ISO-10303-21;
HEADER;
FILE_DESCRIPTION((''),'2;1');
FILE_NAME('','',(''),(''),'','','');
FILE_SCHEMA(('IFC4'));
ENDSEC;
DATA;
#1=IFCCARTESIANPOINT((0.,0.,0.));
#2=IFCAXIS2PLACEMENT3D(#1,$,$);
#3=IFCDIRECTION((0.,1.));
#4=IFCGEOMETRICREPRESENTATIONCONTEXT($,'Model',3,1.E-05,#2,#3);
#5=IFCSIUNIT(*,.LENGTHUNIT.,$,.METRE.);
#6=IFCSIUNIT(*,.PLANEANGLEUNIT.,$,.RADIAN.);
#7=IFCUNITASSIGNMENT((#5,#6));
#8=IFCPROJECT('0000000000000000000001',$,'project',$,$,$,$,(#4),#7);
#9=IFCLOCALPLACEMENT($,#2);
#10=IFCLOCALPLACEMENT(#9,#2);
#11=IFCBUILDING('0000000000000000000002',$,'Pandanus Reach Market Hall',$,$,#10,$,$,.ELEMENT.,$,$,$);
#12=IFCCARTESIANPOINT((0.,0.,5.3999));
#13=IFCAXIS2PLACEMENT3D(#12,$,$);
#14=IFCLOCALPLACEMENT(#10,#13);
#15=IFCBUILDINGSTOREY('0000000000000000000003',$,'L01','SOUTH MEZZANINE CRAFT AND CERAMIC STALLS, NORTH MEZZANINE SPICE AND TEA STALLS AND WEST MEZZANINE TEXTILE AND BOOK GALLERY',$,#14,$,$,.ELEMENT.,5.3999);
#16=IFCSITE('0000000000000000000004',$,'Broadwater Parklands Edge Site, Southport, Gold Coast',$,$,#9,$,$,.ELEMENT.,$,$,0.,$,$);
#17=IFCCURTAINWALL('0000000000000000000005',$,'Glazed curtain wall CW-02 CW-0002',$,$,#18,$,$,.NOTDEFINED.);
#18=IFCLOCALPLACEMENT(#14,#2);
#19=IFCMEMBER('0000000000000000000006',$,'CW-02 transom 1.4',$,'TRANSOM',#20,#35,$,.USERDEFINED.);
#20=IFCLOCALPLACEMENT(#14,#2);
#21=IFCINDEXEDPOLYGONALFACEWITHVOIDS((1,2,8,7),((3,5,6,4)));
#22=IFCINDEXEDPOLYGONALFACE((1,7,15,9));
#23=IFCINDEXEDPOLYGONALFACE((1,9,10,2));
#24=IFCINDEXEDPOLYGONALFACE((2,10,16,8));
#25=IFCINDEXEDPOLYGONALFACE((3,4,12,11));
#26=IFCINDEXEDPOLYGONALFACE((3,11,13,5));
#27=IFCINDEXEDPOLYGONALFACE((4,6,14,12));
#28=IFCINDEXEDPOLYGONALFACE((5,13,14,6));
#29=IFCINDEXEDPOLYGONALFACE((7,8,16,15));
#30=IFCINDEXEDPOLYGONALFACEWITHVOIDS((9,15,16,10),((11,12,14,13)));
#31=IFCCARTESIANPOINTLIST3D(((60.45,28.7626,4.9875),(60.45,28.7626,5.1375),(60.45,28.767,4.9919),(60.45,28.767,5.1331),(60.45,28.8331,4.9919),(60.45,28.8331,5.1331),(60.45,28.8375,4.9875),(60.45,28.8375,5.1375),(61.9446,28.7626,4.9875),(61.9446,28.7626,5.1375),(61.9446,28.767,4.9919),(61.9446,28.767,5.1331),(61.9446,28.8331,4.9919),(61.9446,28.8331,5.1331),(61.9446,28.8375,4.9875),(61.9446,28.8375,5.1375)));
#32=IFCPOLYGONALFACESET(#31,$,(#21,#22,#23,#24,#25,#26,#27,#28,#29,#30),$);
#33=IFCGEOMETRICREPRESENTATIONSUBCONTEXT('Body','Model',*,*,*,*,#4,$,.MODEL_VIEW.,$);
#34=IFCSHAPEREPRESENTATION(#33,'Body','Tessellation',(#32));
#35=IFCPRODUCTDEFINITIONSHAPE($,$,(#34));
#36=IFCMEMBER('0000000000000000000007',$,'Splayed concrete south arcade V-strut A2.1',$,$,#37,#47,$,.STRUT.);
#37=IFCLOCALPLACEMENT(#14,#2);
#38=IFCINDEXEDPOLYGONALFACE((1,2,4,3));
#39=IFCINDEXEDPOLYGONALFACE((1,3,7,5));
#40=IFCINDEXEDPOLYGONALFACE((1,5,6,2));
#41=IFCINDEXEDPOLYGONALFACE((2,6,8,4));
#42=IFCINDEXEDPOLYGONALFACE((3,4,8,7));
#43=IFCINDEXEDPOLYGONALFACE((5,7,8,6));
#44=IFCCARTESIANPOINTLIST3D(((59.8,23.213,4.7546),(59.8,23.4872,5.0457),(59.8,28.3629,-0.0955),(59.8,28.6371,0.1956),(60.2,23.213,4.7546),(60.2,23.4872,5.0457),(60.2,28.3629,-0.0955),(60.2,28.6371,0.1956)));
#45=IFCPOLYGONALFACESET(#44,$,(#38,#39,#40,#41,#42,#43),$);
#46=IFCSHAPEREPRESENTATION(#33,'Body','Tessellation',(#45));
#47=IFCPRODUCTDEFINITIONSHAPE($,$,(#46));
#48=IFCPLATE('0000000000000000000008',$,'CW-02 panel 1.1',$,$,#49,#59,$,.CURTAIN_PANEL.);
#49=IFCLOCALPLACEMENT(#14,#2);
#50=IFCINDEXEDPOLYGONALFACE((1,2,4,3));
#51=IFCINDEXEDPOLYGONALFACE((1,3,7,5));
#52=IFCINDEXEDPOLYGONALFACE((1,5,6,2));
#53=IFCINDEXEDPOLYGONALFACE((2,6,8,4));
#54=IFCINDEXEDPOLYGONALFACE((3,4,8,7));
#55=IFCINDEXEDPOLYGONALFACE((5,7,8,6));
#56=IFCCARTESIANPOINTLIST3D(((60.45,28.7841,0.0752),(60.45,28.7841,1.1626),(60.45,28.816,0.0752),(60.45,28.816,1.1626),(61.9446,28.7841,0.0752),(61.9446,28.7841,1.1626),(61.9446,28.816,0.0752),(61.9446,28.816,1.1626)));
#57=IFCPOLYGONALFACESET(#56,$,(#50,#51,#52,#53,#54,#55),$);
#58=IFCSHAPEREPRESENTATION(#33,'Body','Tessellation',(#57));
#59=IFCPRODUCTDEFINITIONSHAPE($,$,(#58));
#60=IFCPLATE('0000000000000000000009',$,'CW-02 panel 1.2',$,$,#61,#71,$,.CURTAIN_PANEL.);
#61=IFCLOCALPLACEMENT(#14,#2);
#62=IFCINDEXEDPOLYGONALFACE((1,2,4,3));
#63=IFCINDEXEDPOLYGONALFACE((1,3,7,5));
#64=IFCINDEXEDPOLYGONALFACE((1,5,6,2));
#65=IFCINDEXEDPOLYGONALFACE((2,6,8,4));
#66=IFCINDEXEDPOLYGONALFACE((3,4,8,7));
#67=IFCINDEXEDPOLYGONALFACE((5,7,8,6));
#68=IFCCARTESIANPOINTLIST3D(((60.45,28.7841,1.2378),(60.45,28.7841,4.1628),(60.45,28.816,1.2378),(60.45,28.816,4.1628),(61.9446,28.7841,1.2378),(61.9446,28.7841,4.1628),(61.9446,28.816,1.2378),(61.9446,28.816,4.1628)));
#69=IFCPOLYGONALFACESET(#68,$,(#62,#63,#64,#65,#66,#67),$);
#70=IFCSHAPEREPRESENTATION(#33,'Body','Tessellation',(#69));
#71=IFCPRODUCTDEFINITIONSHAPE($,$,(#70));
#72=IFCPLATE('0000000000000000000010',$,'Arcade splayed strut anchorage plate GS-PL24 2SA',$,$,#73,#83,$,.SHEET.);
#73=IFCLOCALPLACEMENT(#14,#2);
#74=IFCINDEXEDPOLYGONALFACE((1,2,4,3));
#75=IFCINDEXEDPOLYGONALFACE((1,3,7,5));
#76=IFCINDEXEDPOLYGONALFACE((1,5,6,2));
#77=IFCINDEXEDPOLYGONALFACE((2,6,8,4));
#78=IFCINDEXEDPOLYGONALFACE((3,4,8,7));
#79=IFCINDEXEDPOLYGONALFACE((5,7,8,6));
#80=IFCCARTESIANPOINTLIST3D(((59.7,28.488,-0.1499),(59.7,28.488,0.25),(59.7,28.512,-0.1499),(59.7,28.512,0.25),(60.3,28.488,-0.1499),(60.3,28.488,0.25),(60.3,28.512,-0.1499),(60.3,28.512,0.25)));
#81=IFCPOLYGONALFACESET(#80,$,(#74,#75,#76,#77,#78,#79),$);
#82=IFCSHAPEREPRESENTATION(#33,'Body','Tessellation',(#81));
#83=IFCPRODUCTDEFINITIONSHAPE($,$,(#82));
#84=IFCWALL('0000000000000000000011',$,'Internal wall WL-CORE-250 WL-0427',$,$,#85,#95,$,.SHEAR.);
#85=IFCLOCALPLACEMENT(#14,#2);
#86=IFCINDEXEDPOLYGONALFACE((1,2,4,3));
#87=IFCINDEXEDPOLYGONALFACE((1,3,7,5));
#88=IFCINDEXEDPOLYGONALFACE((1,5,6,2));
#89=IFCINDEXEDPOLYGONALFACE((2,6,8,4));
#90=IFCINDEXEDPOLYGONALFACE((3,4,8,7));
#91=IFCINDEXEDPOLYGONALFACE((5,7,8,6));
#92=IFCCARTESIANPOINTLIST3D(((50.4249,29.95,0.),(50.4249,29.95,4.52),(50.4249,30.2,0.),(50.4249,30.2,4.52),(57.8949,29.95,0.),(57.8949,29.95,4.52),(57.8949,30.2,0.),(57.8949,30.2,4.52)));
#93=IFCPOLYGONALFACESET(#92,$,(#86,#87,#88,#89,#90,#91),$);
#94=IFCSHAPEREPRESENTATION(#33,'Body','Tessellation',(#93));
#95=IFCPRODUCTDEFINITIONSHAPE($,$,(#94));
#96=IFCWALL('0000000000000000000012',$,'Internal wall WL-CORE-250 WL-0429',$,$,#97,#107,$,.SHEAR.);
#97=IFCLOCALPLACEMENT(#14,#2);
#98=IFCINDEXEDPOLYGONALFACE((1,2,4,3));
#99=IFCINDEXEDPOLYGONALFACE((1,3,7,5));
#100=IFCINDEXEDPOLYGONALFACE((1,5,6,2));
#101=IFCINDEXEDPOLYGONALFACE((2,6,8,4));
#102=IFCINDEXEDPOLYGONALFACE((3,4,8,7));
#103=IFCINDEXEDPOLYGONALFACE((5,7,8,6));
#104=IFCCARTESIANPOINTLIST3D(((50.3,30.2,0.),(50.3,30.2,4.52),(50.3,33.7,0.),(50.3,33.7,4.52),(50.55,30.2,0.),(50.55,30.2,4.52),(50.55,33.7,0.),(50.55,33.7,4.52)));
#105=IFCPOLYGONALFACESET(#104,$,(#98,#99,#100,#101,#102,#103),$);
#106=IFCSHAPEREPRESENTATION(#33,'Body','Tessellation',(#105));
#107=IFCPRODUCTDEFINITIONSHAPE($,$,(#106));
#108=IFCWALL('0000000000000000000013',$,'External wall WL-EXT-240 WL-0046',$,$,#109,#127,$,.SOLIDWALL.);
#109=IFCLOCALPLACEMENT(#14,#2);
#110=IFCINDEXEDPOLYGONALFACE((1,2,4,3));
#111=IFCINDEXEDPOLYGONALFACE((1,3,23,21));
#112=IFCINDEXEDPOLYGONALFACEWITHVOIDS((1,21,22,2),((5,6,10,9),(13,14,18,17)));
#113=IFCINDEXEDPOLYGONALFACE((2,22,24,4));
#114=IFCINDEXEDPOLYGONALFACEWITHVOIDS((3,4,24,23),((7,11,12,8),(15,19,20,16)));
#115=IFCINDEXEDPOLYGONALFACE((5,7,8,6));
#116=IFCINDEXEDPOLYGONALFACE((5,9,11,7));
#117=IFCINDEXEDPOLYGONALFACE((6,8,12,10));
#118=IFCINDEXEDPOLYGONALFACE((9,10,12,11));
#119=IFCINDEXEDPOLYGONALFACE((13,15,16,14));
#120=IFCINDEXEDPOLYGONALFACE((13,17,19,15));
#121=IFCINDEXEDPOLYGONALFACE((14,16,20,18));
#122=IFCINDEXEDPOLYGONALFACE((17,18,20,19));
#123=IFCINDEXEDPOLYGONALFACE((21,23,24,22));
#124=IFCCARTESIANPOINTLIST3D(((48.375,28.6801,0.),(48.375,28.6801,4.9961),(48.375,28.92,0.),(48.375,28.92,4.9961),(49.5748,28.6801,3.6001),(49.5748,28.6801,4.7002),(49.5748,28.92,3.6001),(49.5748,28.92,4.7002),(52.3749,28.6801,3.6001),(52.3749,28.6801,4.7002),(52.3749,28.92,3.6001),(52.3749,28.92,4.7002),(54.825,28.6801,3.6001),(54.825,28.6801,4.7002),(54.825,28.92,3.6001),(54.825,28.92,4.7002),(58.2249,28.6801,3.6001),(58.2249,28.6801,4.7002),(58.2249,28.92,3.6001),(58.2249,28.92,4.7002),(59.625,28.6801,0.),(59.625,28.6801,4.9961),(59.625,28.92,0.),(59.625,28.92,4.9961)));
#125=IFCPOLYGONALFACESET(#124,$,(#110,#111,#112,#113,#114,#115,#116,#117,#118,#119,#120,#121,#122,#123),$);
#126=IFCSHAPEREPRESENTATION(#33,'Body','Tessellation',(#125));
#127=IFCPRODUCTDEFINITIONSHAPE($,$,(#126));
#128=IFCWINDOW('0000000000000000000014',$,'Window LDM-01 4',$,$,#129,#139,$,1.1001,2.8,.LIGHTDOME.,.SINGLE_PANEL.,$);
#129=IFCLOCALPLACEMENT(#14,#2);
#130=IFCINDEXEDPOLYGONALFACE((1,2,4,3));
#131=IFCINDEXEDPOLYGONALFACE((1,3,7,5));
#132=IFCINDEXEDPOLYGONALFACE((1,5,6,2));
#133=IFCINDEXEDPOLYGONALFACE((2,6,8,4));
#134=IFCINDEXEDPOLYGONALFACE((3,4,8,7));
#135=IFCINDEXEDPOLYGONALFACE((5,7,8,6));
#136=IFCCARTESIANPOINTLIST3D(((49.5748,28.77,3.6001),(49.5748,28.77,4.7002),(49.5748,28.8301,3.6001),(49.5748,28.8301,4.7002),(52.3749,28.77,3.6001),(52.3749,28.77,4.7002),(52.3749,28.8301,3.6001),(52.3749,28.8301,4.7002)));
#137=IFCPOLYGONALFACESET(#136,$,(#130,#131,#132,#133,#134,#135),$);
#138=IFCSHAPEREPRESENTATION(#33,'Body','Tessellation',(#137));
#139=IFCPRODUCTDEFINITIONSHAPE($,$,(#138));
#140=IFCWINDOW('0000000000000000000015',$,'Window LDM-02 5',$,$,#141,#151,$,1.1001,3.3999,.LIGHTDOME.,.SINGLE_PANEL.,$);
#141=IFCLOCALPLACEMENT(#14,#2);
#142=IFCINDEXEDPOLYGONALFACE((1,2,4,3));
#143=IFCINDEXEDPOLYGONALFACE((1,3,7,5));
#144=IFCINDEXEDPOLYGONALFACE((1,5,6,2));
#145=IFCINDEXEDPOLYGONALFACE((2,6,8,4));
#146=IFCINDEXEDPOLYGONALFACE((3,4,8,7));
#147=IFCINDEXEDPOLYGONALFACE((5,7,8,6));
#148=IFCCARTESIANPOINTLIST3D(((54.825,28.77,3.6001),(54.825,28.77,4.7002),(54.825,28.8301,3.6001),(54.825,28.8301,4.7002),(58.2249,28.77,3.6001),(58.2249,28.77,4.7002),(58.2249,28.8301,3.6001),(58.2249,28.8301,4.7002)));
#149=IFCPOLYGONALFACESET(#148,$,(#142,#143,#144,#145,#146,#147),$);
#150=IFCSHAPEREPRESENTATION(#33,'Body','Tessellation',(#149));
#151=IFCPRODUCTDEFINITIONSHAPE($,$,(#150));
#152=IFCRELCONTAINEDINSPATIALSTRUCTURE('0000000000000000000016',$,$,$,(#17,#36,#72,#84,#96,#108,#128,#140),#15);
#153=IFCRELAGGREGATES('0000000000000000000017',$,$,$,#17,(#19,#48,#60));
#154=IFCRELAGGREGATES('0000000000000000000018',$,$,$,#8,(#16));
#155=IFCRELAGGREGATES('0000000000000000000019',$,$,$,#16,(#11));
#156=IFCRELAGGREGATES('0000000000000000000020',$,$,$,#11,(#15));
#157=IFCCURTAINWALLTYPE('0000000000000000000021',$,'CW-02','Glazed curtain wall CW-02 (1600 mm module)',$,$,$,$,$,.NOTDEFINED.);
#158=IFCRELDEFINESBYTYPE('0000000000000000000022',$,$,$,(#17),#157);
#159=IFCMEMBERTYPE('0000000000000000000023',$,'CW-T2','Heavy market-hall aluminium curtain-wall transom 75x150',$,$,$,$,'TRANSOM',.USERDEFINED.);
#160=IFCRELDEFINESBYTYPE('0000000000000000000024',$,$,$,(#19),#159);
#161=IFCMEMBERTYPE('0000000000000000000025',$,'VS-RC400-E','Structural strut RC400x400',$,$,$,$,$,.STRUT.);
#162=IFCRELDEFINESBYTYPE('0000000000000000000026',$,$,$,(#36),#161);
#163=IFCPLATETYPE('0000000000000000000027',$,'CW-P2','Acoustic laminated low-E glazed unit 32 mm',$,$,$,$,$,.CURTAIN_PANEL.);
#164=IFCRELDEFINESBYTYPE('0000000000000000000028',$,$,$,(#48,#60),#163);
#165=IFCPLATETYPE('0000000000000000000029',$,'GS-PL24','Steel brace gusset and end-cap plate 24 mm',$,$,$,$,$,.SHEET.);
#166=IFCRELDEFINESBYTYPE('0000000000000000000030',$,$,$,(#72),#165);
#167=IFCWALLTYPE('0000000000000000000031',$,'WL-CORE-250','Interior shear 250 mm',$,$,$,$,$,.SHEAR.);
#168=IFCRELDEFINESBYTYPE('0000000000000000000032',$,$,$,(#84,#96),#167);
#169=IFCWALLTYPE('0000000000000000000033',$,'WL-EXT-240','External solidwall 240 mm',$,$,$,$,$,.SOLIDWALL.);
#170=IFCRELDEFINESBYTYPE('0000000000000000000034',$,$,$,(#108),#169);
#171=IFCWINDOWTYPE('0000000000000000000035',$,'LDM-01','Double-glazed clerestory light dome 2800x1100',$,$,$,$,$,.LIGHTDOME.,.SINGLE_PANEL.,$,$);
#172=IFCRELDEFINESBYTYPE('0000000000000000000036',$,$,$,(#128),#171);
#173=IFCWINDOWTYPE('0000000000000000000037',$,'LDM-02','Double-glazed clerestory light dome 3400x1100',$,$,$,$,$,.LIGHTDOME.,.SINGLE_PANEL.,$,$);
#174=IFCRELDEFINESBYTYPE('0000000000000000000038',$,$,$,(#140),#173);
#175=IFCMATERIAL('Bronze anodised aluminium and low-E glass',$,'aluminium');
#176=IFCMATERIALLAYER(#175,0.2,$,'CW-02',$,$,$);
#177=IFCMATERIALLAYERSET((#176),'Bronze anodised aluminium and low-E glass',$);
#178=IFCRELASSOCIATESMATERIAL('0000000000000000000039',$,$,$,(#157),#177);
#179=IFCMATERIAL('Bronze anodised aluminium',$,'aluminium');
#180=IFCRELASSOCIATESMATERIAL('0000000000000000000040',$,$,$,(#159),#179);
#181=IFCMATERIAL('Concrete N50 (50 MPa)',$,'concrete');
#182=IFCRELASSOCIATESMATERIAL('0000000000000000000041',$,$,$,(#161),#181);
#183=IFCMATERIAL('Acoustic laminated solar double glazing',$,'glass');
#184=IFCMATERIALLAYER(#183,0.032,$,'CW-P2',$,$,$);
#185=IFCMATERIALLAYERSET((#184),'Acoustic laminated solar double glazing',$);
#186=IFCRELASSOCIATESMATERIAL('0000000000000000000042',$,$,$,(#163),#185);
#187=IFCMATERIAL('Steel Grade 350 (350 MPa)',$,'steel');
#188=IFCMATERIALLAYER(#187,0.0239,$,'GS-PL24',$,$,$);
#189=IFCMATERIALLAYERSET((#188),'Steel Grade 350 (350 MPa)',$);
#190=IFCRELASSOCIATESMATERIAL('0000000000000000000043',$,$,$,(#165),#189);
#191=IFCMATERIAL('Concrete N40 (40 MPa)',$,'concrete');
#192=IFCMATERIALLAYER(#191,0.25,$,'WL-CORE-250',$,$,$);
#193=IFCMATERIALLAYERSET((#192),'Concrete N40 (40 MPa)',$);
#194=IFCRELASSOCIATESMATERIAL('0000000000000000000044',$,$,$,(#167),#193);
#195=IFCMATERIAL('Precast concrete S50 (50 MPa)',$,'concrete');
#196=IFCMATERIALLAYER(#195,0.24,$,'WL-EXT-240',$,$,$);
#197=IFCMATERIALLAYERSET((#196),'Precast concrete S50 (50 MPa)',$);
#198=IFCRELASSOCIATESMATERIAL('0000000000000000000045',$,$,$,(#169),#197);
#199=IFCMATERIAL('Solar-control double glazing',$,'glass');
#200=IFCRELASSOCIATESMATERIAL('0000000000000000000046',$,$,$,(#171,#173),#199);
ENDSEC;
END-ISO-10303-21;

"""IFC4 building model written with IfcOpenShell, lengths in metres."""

from ifc_helpers import new_model, si_unit, direction, frame, frame_2d, origin, origin_2d, place, context, subcontext, project, spatial, rectangle, hollow_rectangle, extrude, material, layer, layer_set, material_profile, profile_set, type_object, element, fill, aggregate, save


model = new_model("IFC4")

# Units and contexts
model_context = context("Model", 3, precision=1e-05, world=origin(), true_north=direction((0.0, 1.0)))
body_context = subcontext(model_context, "Body", "Model", "MODEL_VIEW")
ifc_project = project(units=[si_unit("LENGTHUNIT", "METRE"), si_unit("PLANEANGLEUNIT", "RADIAN")], contexts=[model_context])

# Site, building, storey
site_placement = place(None, origin())
site = spatial("IfcSite", under=ifc_project, at=site_placement, Name="Broadwater Parklands Edge Site, Southport, Gold Coast", CompositionType="ELEMENT", RefElevation=0.0)
building_placement = place(site_placement, origin())
building = spatial("IfcBuilding", under=site, at=building_placement, Name="Pandanus Reach Market Hall", CompositionType="ELEMENT")
storey_placement = place(building_placement, frame((0.0, 0.0, 5.3999)))
storey = spatial("IfcBuildingStorey", under=building, at=storey_placement, Name="L01", Description="SOUTH MEZZANINE CRAFT AND CERAMIC STALLS, NORTH MEZZANINE SPICE AND TEA STALLS AND WEST MEZZANINE TEXTILE AND BOOK GALLERY", CompositionType="ELEMENT", Elevation=5.3999)

# Shared definitions
ifc_material_1 = material(Name="Concrete N50 (50 MPa)", Category="concrete")

# Shared definitions
ifc_material_2 = material(Name="Concrete N40 (40 MPa)", Category="concrete")

# Curtain wall, member
ifc_material_3 = material(Name="Bronze anodised aluminium and low-E glass", Category="aluminium")
ifc_layer_1 = layer(ifc_material_3, 0.2, Name="CW-02")
ifc_layer_set_1 = layer_set([ifc_layer_1], Name="Bronze anodised aluminium and low-E glass")
curtain_wall_type = type_object("IfcCurtainWallType", Name="CW-02", Description="Glazed curtain wall CW-02 (1600 mm module)", PredefinedType="NOTDEFINED", material=ifc_layer_set_1)
curtain_wall_placement = place(storey_placement, origin())
curtain_wall = element("IfcCurtainWall", 1, at=curtain_wall_placement, inside=storey, type_object=curtain_wall_type, Name="Glazed curtain wall CW-02 CW-0002", PredefinedType="NOTDEFINED")
ifc_material_4 = material(Name="Bronze anodised aluminium", Category="aluminium")
ifc_material_profile_1 = material_profile(ifc_material_4, hollow_rectangle(XDim=0.075, YDim=0.1499, WallThickness=0.0044, at=origin_2d()), Name="ALU75x150", Category="LoadBearing")
ifc_profile_set_1 = profile_set([ifc_material_profile_1], Name="Bronze anodised aluminium")
member_type_1 = type_object("IfcMemberType", Name="CW-T2", Description="Heavy market-hall aluminium curtain-wall transom 75x150", ElementType="TRANSOM", PredefinedType="USERDEFINED", material=ifc_profile_set_1)
member_1_placement = place(storey_placement, frame((60.45, 28.8, 5.0625), z_axis=(1.0, 0.0, 0.0), x_axis=(0.0, 1.0, 0.0)))
member_1 = element("IfcMember", 2, at=member_1_placement, type_object=member_type_1, Name="CW-02 transom 1.4", ObjectType="TRANSOM", PredefinedType="USERDEFINED", context=body_context, shape_type="SweptSolid", body=[
    extrude(hollow_rectangle(XDim=0.075, YDim=0.1499, WallThickness=0.0044, at=origin_2d()), origin(), (0.0, 0.0, 1.0), 1.4946),
])

# Member
ifc_material_profile_2 = material_profile(ifc_material_1, rectangle(XDim=0.3999, YDim=0.3999, at=origin_2d()), Name="RC400x400", Category="LoadBearing")
ifc_profile_set_2 = profile_set([ifc_material_profile_2], Name="Concrete N50 (50 MPa)")
member_type_2 = type_object("IfcMemberType", Name="VS-RC400-E", Description="Structural strut RC400x400", PredefinedType="STRUT", material=ifc_profile_set_2)
member_2_placement = place(storey_placement, frame((60.0, 28.5, 0.05), z_axis=(0.0, -0.727979, 0.685599), x_axis=(1.0, 0.0, 0.0)))
element("IfcMember", 3, at=member_2_placement, inside=storey, type_object=member_type_2, Name="Splayed concrete south arcade V-strut A2.1", PredefinedType="STRUT", context=body_context, shape_type="SweptSolid", body=[
    extrude(rectangle(XDim=0.3999, YDim=0.3999, at=origin_2d()), origin(), (0.0, 0.0, 1.0), 7.0742),
])

# Plates
ifc_material_5 = material(Name="Acoustic laminated solar double glazing", Category="glass")
ifc_layer_2 = layer(ifc_material_5, 0.032, Name="CW-P2")
ifc_layer_set_2 = layer_set([ifc_layer_2], Name="Acoustic laminated solar double glazing")
plate_type_1 = type_object("IfcPlateType", Name="CW-P2", Description="Acoustic laminated low-E glazed unit 32 mm", PredefinedType="CURTAIN_PANEL", material=ifc_layer_set_2)
plate_1_placement = place(storey_placement, frame((61.1973, 28.8, 0.0752), z_axis=(0.0, 0.0, 1.0), x_axis=(1.0, 0.0, 0.0)))
plate_1 = element("IfcPlate", 4, at=plate_1_placement, type_object=plate_type_1, Name="CW-02 panel 1.1", PredefinedType="CURTAIN_PANEL", context=body_context, shape_type="SweptSolid", body=[
    extrude(rectangle(XDim=1.4946, YDim=0.032, at=origin_2d()), origin(), (0.0, 0.0, 1.0), 1.0874),
])
plate_2_placement = place(storey_placement, frame((61.1973, 28.8, 1.2378), z_axis=(0.0, 0.0, 1.0), x_axis=(1.0, 0.0, 0.0)))
plate_2 = element("IfcPlate", 5, at=plate_2_placement, type_object=plate_type_1, Name="CW-02 panel 1.2", PredefinedType="CURTAIN_PANEL", context=body_context, shape_type="SweptSolid", body=[
    extrude(rectangle(XDim=1.4946, YDim=0.032, at=origin_2d()), origin(), (0.0, 0.0, 1.0), 2.925),
])
aggregate(curtain_wall, [member_1, plate_1, plate_2])
ifc_material_6 = material(Name="Steel Grade 350 (350 MPa)", Category="steel")
ifc_layer_3 = layer(ifc_material_6, 0.0239, Name="GS-PL24")
ifc_layer_set_3 = layer_set([ifc_layer_3], Name="Steel Grade 350 (350 MPa)")
plate_type_2 = type_object("IfcPlateType", Name="GS-PL24", Description="Steel brace gusset and end-cap plate 24 mm", PredefinedType="SHEET", material=ifc_layer_set_3)
plate_3_placement = place(storey_placement, frame((60.0, 28.5, -0.1499), z_axis=(0.0, 0.0, 1.0), x_axis=(1.0, 0.0, 0.0)))
element("IfcPlate", 6, at=plate_3_placement, inside=storey, type_object=plate_type_2, Name="Arcade splayed strut anchorage plate GS-PL24 2SA", PredefinedType="SHEET", context=body_context, shape_type="SweptSolid", body=[
    extrude(rectangle(XDim=0.6001, YDim=0.0239, at=origin_2d()), origin(), (0.0, 0.0, 1.0), 0.3999),
])

# Walls
ifc_layer_4 = layer(ifc_material_2, 0.25, Name="WL-CORE-250")
ifc_layer_set_4 = layer_set([ifc_layer_4], Name="Concrete N40 (40 MPa)")
wall_type_1 = type_object("IfcWallType", Name="WL-CORE-250", Description="Interior shear 250 mm", PredefinedType="SHEAR", material=ifc_layer_set_4)
wall_1_placement = place(storey_placement, frame((50.425, 30.075, 0.0), z_axis=(0.0, 0.0, 1.0), x_axis=(1.0, 0.0, 0.0)))
element("IfcWall", 7, at=wall_1_placement, inside=storey, type_object=wall_type_1, Name="Internal wall WL-CORE-250 WL-0427", PredefinedType="SHEAR", context=body_context, shape_type="SweptSolid", body=[
    extrude(rectangle(XDim=7.47, YDim=0.25, at=frame_2d((3.7349, 0.0))), origin(), (0.0, 0.0, 1.0), 4.52),
])
wall_2_placement = place(storey_placement, frame((50.425, 30.2, 0.0), z_axis=(0.0, 0.0, 1.0), x_axis=(0.0, 1.0, 0.0)))
element("IfcWall", 8, at=wall_2_placement, inside=storey, type_object=wall_type_1, Name="Internal wall WL-CORE-250 WL-0429", PredefinedType="SHEAR", context=body_context, shape_type="SweptSolid", body=[
    extrude(rectangle(XDim=3.5, YDim=0.25, at=frame_2d((1.75, 0.0))), origin(), (0.0, 0.0, 1.0), 4.52),
])

# Wall, openings, windows
ifc_material_7 = material(Name="Precast concrete S50 (50 MPa)", Category="concrete")
ifc_layer_5 = layer(ifc_material_7, 0.24, Name="WL-EXT-240")
ifc_layer_set_5 = layer_set([ifc_layer_5], Name="Precast concrete S50 (50 MPa)")
wall_type_2 = type_object("IfcWallType", Name="WL-EXT-240", Description="External solidwall 240 mm", PredefinedType="SOLIDWALL", material=ifc_layer_set_5)
wall_3_placement = place(storey_placement, frame((48.375, 28.8, 0.0), z_axis=(0.0, 0.0, 1.0), x_axis=(1.0, 0.0, 0.0)))
wall_3 = element("IfcWall", 9, at=wall_3_placement, inside=storey, type_object=wall_type_2, Name="External wall WL-EXT-240 WL-0046", PredefinedType="SOLIDWALL", context=body_context, shape_type="SweptSolid", body=[
    extrude(rectangle(XDim=11.25, YDim=0.24, at=frame_2d((5.625, 0.0))), origin(), (0.0, 0.0, 1.0), 4.9961),
])
opening_1_placement = place(wall_3_placement, frame((1.2, 0.0, 3.6001)))
opening_1 = element("IfcOpeningElement", 10, at=opening_1_placement, cuts=wall_3, PredefinedType="OPENING", context=body_context, shape_type="SweptSolid", body=[
    extrude(rectangle(XDim=2.8, YDim=1.1001, at=frame_2d((1.3999, 0.55))), frame((0.0, 0.135, 0.0), z_axis=(0.0, -1.0, 0.0), x_axis=(1.0, 0.0, 0.0)), (0.0, 0.0, 1.0), 0.27),
])
opening_2_placement = place(wall_3_placement, frame((6.45, 0.0, 3.6001)))
opening_2 = element("IfcOpeningElement", 11, at=opening_2_placement, cuts=wall_3, PredefinedType="OPENING", context=body_context, shape_type="SweptSolid", body=[
    extrude(rectangle(XDim=3.3999, YDim=1.1001, at=frame_2d((1.7, 0.55))), frame((0.0, 0.135, 0.0), z_axis=(0.0, -1.0, 0.0), x_axis=(1.0, 0.0, 0.0)), (0.0, 0.0, 1.0), 0.27),
])
ifc_material_8 = material(Name="Solar-control double glazing", Category="glass")
window_type_1 = type_object("IfcWindowType", Name="LDM-01", Description="Double-glazed clerestory light dome 2800x1100", PartitioningType="SINGLE_PANEL", PredefinedType="LIGHTDOME", material=ifc_material_8)
window_1_placement = place(opening_1_placement, origin())
window_1 = element("IfcWindow", 12, at=window_1_placement, inside=storey, type_object=window_type_1, Name="Window LDM-01 4", OverallHeight=1.1001, OverallWidth=2.8, PartitioningType="SINGLE_PANEL", PredefinedType="LIGHTDOME", context=body_context, shape_type="SweptSolid", body=[
    extrude(rectangle(XDim=2.8, YDim=1.1001, at=frame_2d((1.3999, 0.55))), frame((0.0, 0.03, 0.0), z_axis=(0.0, -1.0, 0.0), x_axis=(1.0, 0.0, 0.0)), (0.0, 0.0, 1.0), 0.0601),
])
fill(opening_1, window_1)
window_type_2 = type_object("IfcWindowType", Name="LDM-02", Description="Double-glazed clerestory light dome 3400x1100", PartitioningType="SINGLE_PANEL", PredefinedType="LIGHTDOME", material=ifc_material_8)
window_2_placement = place(opening_2_placement, origin())
window_2 = element("IfcWindow", 13, at=window_2_placement, inside=storey, type_object=window_type_2, Name="Window LDM-02 5", OverallHeight=1.1001, OverallWidth=3.3999, PartitioningType="SINGLE_PANEL", PredefinedType="LIGHTDOME", context=body_context, shape_type="SweptSolid", body=[
    extrude(rectangle(XDim=3.3999, YDim=1.1001, at=frame_2d((1.7, 0.55))), frame((0.0, 0.03, 0.0), z_axis=(0.0, -1.0, 0.0), x_axis=(1.0, 0.0, 0.0)), (0.0, 0.0, 1.0), 0.0601),
])
fill(opening_2, window_2)

save(model, "model.ifc")
